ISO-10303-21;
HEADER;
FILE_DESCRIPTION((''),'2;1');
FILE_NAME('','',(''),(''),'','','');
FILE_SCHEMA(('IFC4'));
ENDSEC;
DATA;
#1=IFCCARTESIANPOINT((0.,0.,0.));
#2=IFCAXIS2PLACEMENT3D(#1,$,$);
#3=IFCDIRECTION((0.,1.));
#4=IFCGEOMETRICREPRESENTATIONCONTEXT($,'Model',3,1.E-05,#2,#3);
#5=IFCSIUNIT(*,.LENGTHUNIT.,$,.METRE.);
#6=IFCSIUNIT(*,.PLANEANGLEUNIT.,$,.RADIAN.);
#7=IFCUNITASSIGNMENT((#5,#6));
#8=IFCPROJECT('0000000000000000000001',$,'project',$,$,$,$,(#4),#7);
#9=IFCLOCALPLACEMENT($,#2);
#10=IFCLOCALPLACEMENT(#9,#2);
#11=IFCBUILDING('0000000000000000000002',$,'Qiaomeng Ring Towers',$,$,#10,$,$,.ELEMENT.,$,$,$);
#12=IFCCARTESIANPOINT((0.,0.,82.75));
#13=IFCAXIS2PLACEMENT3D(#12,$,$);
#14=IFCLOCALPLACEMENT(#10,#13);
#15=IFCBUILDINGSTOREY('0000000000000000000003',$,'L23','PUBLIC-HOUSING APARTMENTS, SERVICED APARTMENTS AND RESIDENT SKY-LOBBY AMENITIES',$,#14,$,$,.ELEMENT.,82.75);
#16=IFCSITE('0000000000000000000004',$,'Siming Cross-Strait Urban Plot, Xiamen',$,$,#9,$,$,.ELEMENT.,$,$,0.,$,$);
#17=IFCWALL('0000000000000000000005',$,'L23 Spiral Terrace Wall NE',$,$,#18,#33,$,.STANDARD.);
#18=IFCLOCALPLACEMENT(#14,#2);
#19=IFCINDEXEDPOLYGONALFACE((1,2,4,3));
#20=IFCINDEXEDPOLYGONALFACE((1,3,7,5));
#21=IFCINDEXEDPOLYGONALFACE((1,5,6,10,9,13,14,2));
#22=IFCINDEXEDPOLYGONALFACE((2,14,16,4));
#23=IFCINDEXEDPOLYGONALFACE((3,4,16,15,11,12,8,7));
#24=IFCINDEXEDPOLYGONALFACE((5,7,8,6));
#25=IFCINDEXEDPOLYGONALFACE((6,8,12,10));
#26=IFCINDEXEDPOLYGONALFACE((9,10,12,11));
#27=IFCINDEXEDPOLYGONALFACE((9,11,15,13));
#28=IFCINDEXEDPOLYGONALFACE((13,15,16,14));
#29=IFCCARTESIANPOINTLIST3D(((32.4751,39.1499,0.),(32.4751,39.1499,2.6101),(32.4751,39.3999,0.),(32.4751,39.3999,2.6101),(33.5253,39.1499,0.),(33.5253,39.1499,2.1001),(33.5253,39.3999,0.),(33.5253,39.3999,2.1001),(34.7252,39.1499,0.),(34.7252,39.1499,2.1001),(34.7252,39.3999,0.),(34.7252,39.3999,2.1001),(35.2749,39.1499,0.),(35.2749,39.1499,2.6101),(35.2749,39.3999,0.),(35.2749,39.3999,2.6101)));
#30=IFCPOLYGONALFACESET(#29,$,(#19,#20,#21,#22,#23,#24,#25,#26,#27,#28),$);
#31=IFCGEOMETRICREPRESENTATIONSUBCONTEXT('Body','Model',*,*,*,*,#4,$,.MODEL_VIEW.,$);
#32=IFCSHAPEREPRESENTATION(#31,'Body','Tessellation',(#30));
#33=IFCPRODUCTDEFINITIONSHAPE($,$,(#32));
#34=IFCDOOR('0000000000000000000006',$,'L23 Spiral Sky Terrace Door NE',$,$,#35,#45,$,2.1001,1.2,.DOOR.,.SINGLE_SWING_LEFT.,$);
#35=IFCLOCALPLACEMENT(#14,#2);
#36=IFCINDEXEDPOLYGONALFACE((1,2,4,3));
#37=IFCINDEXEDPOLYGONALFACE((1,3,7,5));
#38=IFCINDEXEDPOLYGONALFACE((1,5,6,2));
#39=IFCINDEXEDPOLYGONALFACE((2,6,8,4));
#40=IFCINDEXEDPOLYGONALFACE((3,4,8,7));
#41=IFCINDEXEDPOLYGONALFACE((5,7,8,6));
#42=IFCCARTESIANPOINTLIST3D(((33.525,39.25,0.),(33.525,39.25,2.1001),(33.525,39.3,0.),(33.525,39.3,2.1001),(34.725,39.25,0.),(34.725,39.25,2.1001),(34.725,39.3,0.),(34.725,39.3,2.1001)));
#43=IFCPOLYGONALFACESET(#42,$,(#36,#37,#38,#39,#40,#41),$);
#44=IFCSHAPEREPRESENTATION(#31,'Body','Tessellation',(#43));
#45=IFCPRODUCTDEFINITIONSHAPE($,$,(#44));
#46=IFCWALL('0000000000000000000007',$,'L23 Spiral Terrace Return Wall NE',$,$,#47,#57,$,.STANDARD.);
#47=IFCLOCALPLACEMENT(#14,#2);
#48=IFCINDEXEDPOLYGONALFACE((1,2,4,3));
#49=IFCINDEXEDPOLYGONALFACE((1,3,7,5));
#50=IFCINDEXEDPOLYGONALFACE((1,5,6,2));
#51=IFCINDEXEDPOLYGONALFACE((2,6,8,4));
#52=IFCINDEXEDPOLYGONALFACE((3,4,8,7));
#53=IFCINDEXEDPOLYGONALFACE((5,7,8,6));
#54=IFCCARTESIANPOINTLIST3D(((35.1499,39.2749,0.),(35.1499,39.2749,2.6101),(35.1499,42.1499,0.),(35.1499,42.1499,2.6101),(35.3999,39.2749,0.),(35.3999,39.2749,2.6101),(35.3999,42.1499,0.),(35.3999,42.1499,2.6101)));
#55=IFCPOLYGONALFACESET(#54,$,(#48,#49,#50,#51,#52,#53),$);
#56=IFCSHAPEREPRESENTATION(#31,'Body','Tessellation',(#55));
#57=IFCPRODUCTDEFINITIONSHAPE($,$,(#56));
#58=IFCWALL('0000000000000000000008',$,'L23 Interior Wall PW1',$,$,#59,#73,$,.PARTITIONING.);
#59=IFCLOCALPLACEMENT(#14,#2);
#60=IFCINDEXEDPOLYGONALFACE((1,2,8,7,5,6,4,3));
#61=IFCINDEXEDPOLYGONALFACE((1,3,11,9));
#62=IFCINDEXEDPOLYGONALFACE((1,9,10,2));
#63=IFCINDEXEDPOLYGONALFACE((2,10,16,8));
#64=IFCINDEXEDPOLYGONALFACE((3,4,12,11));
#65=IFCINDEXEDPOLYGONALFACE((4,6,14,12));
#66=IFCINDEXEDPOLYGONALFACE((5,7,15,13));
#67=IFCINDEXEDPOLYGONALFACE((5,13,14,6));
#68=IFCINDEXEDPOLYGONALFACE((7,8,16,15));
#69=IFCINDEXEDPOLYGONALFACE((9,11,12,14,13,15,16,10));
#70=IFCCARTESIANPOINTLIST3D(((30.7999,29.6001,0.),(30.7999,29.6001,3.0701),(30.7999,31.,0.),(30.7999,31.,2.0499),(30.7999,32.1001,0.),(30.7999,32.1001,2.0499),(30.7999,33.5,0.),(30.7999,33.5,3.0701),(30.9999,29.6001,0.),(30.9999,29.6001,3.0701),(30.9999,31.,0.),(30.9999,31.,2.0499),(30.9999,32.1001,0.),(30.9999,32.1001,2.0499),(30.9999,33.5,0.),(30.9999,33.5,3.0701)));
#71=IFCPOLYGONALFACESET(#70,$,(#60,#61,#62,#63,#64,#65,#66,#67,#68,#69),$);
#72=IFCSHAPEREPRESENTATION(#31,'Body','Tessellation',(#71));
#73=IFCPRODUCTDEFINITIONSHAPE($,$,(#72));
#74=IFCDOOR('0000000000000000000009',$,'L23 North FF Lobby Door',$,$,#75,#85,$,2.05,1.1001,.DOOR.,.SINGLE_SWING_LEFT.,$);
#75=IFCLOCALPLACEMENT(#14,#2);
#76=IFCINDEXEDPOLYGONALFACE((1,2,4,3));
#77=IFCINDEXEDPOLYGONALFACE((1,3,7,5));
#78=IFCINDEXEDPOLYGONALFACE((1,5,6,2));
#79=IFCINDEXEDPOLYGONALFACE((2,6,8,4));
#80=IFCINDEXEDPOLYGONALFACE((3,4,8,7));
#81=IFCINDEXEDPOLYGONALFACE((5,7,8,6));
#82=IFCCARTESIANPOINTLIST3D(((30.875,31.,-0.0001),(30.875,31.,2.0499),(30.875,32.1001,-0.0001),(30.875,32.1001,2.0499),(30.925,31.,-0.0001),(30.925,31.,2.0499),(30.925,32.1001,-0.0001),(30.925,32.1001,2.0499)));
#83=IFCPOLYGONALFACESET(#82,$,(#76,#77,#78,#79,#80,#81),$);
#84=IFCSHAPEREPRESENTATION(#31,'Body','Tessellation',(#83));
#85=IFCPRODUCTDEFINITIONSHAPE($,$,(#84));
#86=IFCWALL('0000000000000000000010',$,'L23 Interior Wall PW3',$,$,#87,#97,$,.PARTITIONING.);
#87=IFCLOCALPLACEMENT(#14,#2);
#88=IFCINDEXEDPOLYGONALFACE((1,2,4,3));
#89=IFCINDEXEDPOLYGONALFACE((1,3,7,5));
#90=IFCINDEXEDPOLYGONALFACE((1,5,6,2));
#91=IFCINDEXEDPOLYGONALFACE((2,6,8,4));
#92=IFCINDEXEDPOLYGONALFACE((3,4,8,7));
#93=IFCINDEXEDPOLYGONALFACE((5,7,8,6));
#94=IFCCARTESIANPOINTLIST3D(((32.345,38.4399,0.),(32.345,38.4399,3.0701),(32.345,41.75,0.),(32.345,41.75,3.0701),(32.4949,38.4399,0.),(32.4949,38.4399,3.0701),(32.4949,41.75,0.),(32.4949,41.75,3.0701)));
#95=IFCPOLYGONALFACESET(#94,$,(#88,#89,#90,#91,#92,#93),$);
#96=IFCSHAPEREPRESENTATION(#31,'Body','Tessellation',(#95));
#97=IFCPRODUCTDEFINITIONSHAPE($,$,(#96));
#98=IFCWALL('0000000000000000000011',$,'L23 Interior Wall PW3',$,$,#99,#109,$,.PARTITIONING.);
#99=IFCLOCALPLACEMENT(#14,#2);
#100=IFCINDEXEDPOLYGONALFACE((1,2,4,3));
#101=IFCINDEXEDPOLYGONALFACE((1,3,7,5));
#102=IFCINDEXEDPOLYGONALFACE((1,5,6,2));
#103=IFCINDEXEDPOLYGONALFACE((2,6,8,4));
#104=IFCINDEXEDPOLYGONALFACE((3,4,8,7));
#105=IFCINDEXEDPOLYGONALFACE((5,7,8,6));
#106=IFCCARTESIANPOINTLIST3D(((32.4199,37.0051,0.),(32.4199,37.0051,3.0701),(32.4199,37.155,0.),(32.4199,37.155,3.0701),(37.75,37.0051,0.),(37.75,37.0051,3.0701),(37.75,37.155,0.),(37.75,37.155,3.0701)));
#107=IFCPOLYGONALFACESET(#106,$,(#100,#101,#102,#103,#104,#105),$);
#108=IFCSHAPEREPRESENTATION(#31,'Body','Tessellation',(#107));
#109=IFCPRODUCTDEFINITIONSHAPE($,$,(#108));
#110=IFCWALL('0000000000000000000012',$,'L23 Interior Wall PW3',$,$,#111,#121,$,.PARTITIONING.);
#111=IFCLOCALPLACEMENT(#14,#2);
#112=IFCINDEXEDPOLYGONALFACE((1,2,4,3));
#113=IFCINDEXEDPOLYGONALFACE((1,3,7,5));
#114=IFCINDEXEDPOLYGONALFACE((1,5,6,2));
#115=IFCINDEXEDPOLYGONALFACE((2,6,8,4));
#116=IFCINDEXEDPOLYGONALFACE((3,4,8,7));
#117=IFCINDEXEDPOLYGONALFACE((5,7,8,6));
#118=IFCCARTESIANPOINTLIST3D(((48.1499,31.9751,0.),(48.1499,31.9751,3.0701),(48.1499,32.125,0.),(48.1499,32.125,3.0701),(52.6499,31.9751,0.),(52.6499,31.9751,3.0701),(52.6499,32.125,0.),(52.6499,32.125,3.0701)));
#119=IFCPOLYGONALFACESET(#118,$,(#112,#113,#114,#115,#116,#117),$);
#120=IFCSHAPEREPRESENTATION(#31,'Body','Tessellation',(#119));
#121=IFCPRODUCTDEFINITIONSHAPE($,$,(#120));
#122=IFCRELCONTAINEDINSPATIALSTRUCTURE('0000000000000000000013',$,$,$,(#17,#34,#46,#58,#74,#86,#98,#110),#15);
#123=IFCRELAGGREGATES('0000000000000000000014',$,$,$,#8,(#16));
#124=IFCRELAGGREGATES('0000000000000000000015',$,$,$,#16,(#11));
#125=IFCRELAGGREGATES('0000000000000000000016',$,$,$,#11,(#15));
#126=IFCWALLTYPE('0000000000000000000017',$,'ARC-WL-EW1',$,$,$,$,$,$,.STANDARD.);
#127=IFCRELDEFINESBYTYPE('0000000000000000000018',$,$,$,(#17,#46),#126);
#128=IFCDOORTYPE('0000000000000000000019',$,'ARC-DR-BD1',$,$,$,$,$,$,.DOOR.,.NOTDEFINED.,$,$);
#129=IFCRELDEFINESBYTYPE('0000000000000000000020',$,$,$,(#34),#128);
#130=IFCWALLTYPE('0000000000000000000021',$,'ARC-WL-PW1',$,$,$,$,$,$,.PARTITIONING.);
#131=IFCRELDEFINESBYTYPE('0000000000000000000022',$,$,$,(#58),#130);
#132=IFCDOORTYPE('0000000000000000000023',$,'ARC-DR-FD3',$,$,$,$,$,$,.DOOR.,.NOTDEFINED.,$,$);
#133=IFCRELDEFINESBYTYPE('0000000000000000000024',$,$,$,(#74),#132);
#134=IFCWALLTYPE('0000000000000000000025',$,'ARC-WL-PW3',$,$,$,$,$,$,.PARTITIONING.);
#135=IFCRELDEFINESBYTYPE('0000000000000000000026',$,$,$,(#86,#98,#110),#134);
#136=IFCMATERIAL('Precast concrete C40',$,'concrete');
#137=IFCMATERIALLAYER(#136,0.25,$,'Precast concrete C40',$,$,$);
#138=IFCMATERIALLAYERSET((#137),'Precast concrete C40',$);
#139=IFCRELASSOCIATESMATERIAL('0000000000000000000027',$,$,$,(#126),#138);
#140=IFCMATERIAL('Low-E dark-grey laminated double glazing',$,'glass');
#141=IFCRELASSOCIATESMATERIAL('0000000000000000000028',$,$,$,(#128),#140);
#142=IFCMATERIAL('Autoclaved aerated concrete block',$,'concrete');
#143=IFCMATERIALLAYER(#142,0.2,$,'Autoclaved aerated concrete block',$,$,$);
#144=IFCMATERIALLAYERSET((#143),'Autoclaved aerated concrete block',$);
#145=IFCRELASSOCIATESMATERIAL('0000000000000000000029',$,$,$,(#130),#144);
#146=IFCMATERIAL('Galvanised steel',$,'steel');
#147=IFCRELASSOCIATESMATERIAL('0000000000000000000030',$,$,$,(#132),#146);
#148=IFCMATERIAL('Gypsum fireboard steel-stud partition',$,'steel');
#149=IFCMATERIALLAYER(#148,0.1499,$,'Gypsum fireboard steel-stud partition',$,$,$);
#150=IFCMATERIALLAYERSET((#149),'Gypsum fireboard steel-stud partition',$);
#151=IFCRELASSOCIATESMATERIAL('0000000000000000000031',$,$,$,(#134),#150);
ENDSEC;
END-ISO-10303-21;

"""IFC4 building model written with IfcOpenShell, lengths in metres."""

from ifc_helpers import new_model, si_unit, direction, frame, frame_2d, origin, place, context, subcontext, project, spatial, rectangle, extrude, source, transform, mapped, material, layer, layer_set, type_object, element, fill, save


model = new_model("IFC4")

# Units and contexts
model_context = context("Model", 3, precision=1e-05, world=origin(), true_north=direction((0.0, 1.0)))
body_context = subcontext(model_context, "Body", "Model", "MODEL_VIEW")
ifc_project = project(units=[si_unit("LENGTHUNIT", "METRE"), si_unit("PLANEANGLEUNIT", "RADIAN")], contexts=[model_context])

# Site, building, storey
site_placement = place(None, origin())
site = spatial("IfcSite", under=ifc_project, at=site_placement, Name="Siming Cross-Strait Urban Plot, Xiamen", CompositionType="ELEMENT", RefElevation=0.0)
building_placement = place(site_placement, origin())
building = spatial("IfcBuilding", under=site, at=building_placement, Name="Qiaomeng Ring Towers", CompositionType="ELEMENT")
storey_placement = place(building_placement, frame((0.0, 0.0, 82.75)))
storey = spatial("IfcBuildingStorey", under=building, at=storey_placement, Name="L23", Description="PUBLIC-HOUSING APARTMENTS, SERVICED APARTMENTS AND RESIDENT SKY-LOBBY AMENITIES", CompositionType="ELEMENT", Elevation=82.75)

# Wall, opening, door
ifc_material_1 = material(Name="Precast concrete C40", Category="concrete")
ifc_layer_1 = layer(ifc_material_1, 0.25, Name="Precast concrete C40")
ifc_layer_set_1 = layer_set([ifc_layer_1], Name="Precast concrete C40")
wall_type_1 = type_object("IfcWallType", Name="ARC-WL-EW1", PredefinedType="STANDARD", material=ifc_layer_set_1)
wall_1_placement = place(storey_placement, frame((32.4751, 39.2749, 0.0), z_axis=(0.0, 0.0, 1.0), x_axis=(1.0, 0.0, 0.0)))
wall_1 = element("IfcWall", 1, at=wall_1_placement, inside=storey, type_object=wall_type_1, Name="L23 Spiral Terrace Wall NE", PredefinedType="STANDARD", context=body_context, shape_type="SweptSolid", body=[
    extrude(rectangle(XDim=2.7998, YDim=0.25, at=frame_2d((1.3999, 0.0))), origin(), (0.0, 0.0, 1.0), 2.6101),
])
opening_1_placement = place(wall_1_placement, frame((1.05, 0.0, 0.0)))
opening_1 = element("IfcOpeningElement", 2, at=opening_1_placement, cuts=wall_1, PredefinedType="OPENING", context=body_context, shape_type="SweptSolid", body=[
    extrude(rectangle(XDim=1.2, YDim=2.1001, at=frame_2d((0.6001, 1.05))), frame((0.0, 0.135, 0.0), z_axis=(0.0, -1.0, 0.0), x_axis=(1.0, 0.0, 0.0)), (0.0, 0.0, 1.0), 0.27),
])
ifc_material_2 = material(Name="Low-E dark-grey laminated double glazing", Category="glass")
door_type_1 = type_object("IfcDoorType", Name="ARC-DR-BD1", OperationType="NOTDEFINED", PredefinedType="DOOR", material=ifc_material_2)
shared_shape_1 = source(origin(), body_context, "Body", "SweptSolid", [
    extrude(rectangle(XDim=1.2, YDim=2.1001, at=frame_2d((0.6001, 1.05))), frame((0.0, 0.0249, 0.0), z_axis=(0.0, -1.0, 0.0), x_axis=(1.0, 0.0, 0.0)), (0.0, 0.0, 1.0), 0.05),
])
door_1_placement = place(opening_1_placement, frame((1.2, 0.0, 0.0), z_axis=(0.0, 0.0, 1.0), x_axis=(-1.0, 0.0, 0.0)))
door_1 = element("IfcDoor", 3, at=door_1_placement, inside=storey, type_object=door_type_1, Name="L23 Spiral Sky Terrace Door NE", OperationType="SINGLE_SWING_LEFT", OverallHeight=2.1001, OverallWidth=1.2, PredefinedType="DOOR", context=body_context, shape_type="MappedRepresentation", body=[
    mapped(shared_shape_1, transform((0.0, 0.0, 0.0), x_axis=(1.0, 0.0, 0.0), y_axis=(0.0, 1.0, 0.0), z_axis=(0.0, 0.0, 1.0), scale=1.0)),
])
fill(opening_1, door_1)

# Wall
wall_2_placement = place(storey_placement, frame((35.2749, 39.2749, 0.0), z_axis=(0.0, 0.0, 1.0), x_axis=(0.0, 1.0, 0.0)))
element("IfcWall", 4, at=wall_2_placement, inside=storey, type_object=wall_type_1, Name="L23 Spiral Terrace Return Wall NE", PredefinedType="STANDARD", context=body_context, shape_type="SweptSolid", body=[
    extrude(rectangle(XDim=2.875, YDim=0.25, at=frame_2d((1.4375, 0.0))), origin(), (0.0, 0.0, 1.0), 2.6101),
])

# Wall, opening, door
ifc_material_3 = material(Name="Autoclaved aerated concrete block", Category="concrete")
ifc_layer_2 = layer(ifc_material_3, 0.2, Name="Autoclaved aerated concrete block")
ifc_layer_set_2 = layer_set([ifc_layer_2], Name="Autoclaved aerated concrete block")
wall_type_2 = type_object("IfcWallType", Name="ARC-WL-PW1", PredefinedType="PARTITIONING", material=ifc_layer_set_2)
wall_3_placement = place(storey_placement, frame((30.8999, 29.6001, 0.0), z_axis=(0.0, 0.0, 1.0), x_axis=(0.0, 1.0, 0.0)))
wall_3 = element("IfcWall", 5, at=wall_3_placement, inside=storey, type_object=wall_type_2, Name="L23 Interior Wall PW1", PredefinedType="PARTITIONING", context=body_context, shape_type="SweptSolid", body=[
    extrude(rectangle(XDim=3.8999, YDim=0.2, at=frame_2d((1.95, 0.0))), origin(), (0.0, 0.0, 1.0), 3.0701),
])
opening_2_placement = place(wall_3_placement, frame((1.3999, 0.0, 0.0)))
opening_2 = element("IfcOpeningElement", 6, at=opening_2_placement, cuts=wall_3, PredefinedType="OPENING", context=body_context, shape_type="SweptSolid", body=[
    extrude(rectangle(XDim=1.1001, YDim=2.05, at=frame_2d((0.55, 1.0249))), frame((0.0, 0.1099, 0.0), z_axis=(0.0, -1.0, 0.0), x_axis=(1.0, 0.0, 0.0)), (0.0, 0.0, 1.0), 0.22),
])
ifc_material_4 = material(Name="Galvanised steel", Category="steel")
door_type_2 = type_object("IfcDoorType", Name="ARC-DR-FD3", OperationType="NOTDEFINED", PredefinedType="DOOR", material=ifc_material_4)
shared_shape_2 = source(origin(), body_context, "Body", "SweptSolid", [
    extrude(rectangle(XDim=1.1001, YDim=2.05, at=frame_2d((0.55, 1.0249))), frame((0.0, 0.0249, 0.0), z_axis=(0.0, -1.0, 0.0), x_axis=(1.0, 0.0, 0.0)), (0.0, 0.0, 1.0), 0.05),
])
door_2_placement = place(opening_2_placement, origin())
door_2 = element("IfcDoor", 7, at=door_2_placement, inside=storey, type_object=door_type_2, Name="L23 North FF Lobby Door", OperationType="SINGLE_SWING_LEFT", OverallHeight=2.05, OverallWidth=1.1001, PredefinedType="DOOR", context=body_context, shape_type="MappedRepresentation", body=[
    mapped(shared_shape_2, transform((0.0, 0.0, 0.0), x_axis=(1.0, 0.0, 0.0), y_axis=(0.0, 1.0, 0.0), z_axis=(0.0, 0.0, 1.0), scale=1.0)),
])
fill(opening_2, door_2)

# Walls
ifc_material_5 = material(Name="Gypsum fireboard steel-stud partition", Category="steel")
ifc_layer_3 = layer(ifc_material_5, 0.1499, Name="Gypsum fireboard steel-stud partition")
ifc_layer_set_3 = layer_set([ifc_layer_3], Name="Gypsum fireboard steel-stud partition")
wall_type_3 = type_object("IfcWallType", Name="ARC-WL-PW3", PredefinedType="PARTITIONING", material=ifc_layer_set_3)
wall_4_placement = place(storey_placement, frame((32.4199, 38.4399, 0.0), z_axis=(0.0, 0.0, 1.0), x_axis=(0.0, 1.0, 0.0)))
element("IfcWall", 8, at=wall_4_placement, inside=storey, type_object=wall_type_3, Name="L23 Interior Wall PW3", PredefinedType="PARTITIONING", context=body_context, shape_type="SweptSolid", body=[
    extrude(rectangle(XDim=3.3101, YDim=0.1499, at=frame_2d((1.655, 0.0))), origin(), (0.0, 0.0, 1.0), 3.0701),
])
wall_5_placement = place(storey_placement, frame((32.4199, 37.0801, 0.0), z_axis=(0.0, 0.0, 1.0), x_axis=(1.0, 0.0, 0.0)))
element("IfcWall", 9, at=wall_5_placement, inside=storey, type_object=wall_type_3, Name="L23 Interior Wall PW3", PredefinedType="PARTITIONING", context=body_context, shape_type="SweptSolid", body=[
    extrude(rectangle(XDim=5.3301, YDim=0.1499, at=frame_2d((2.665, 0.0))), origin(), (0.0, 0.0, 1.0), 3.0701),
])
wall_6_placement = place(storey_placement, frame((48.1499, 32.05, 0.0), z_axis=(0.0, 0.0, 1.0), x_axis=(1.0, 0.0, 0.0)))
element("IfcWall", 10, at=wall_6_placement, inside=storey, type_object=wall_type_3, Name="L23 Interior Wall PW3", PredefinedType="PARTITIONING", context=body_context, shape_type="SweptSolid", body=[
    extrude(rectangle(XDim=4.5, YDim=0.1499, at=frame_2d((2.25, 0.0))), origin(), (0.0, 0.0, 1.0), 3.0701),
])

save(model, "model.ifc")
